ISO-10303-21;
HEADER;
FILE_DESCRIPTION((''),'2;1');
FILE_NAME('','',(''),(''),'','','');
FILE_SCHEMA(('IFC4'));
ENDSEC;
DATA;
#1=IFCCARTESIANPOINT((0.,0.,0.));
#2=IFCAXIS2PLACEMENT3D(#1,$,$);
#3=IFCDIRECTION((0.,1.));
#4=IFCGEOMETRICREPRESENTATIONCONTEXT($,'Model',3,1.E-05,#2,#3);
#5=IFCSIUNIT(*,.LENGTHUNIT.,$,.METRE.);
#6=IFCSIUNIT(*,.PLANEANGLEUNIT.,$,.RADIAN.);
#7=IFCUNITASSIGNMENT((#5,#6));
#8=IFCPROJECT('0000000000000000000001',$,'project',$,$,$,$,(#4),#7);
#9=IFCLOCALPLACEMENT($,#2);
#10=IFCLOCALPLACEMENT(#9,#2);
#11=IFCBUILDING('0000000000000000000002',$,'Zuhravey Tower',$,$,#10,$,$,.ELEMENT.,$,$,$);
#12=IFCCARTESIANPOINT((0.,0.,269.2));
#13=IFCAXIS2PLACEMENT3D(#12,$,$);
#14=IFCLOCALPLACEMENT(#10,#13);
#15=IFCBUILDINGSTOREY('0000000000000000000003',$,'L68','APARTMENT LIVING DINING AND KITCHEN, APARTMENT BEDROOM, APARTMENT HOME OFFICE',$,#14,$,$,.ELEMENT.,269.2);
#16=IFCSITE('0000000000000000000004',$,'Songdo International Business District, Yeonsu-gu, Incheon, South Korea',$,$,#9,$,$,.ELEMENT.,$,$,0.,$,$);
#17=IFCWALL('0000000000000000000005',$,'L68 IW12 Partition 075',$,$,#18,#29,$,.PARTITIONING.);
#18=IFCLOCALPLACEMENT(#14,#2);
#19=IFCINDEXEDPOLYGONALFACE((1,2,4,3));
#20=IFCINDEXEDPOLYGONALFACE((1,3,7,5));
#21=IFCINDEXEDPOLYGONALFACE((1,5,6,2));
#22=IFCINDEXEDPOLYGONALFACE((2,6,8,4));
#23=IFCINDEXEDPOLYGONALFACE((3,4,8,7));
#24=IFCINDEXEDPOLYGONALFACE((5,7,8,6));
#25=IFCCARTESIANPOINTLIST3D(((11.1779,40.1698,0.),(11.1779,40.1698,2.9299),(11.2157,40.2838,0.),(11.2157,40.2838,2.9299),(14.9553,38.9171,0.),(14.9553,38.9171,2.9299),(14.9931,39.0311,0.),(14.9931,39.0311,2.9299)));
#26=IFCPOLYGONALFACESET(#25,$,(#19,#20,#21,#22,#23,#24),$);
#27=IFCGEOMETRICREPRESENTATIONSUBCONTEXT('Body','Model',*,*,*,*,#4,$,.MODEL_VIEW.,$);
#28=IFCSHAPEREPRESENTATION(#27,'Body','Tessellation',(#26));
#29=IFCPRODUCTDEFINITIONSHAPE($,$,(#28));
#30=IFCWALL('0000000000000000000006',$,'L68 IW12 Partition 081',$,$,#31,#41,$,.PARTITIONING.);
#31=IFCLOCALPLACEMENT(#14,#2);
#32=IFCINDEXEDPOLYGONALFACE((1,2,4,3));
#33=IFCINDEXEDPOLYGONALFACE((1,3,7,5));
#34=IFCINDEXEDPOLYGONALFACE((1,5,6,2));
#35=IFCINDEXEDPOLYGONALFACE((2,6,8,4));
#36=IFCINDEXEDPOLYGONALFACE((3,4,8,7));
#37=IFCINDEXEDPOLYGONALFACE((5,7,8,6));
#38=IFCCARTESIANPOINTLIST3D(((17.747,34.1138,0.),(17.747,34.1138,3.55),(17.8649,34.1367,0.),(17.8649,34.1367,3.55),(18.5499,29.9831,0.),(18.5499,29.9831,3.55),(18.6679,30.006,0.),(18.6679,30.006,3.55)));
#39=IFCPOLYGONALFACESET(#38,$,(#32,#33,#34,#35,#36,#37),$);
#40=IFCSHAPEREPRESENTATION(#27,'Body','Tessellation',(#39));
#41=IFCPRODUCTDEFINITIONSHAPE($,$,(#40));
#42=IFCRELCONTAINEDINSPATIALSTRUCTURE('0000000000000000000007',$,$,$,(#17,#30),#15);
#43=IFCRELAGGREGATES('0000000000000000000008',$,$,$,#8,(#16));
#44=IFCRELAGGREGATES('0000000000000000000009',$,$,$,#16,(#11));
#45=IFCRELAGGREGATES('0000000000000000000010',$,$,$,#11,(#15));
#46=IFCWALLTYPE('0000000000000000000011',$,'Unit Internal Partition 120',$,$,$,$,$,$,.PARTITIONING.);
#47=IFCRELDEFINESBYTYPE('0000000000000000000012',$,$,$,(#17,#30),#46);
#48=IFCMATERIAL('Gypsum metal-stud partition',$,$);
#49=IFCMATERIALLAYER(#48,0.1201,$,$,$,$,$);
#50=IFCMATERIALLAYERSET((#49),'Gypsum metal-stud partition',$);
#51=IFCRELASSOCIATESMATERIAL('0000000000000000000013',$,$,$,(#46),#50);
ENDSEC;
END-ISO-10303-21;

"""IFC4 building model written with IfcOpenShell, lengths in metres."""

from ifc_helpers import new_model, si_unit, direction, frame, frame_2d, origin, place, context, subcontext, project, spatial, rectangle, extrude, material, layer, layer_set, type_object, element, save


model = new_model("IFC4")

# Units and contexts
model_context = context("Model", 3, precision=1e-05, world=origin(), true_north=direction((0.0, 1.0)))
body_context = subcontext(model_context, "Body", "Model", "MODEL_VIEW")
ifc_project = project(units=[si_unit("LENGTHUNIT", "METRE"), si_unit("PLANEANGLEUNIT", "RADIAN")], contexts=[model_context])

# Site, building, storey
site_placement = place(None, origin())
site = spatial("IfcSite", under=ifc_project, at=site_placement, Name="Songdo International Business District, Yeonsu-gu, Incheon, South Korea", CompositionType="ELEMENT", RefElevation=0.0)
building_placement = place(site_placement, origin())
building = spatial("IfcBuilding", under=site, at=building_placement, Name="Zuhravey Tower", CompositionType="ELEMENT")
storey_placement = place(building_placement, frame((0.0, 0.0, 269.2)))
storey = spatial("IfcBuildingStorey", under=building, at=storey_placement, Name="L68", Description="APARTMENT LIVING DINING AND KITCHEN, APARTMENT BEDROOM, APARTMENT HOME OFFICE", CompositionType="ELEMENT", Elevation=269.2)

# Shared definitions
ifc_material_1 = material(Name="Gypsum metal-stud partition")
ifc_layer_1 = layer(ifc_material_1, 0.1201)
ifc_layer_set_1 = layer_set([ifc_layer_1], Name="Gypsum metal-stud partition")
wall_type_1 = type_object("IfcWallType", Name="Unit Internal Partition 120", PredefinedType="PARTITIONING", material=ifc_layer_set_1)

# Walls
wall_1_placement = place(storey_placement, frame((14.9741, 38.9741, 0.0), z_axis=(0.0, 0.0, 1.0), x_axis=(-0.949167, 0.314773, 0.0)))
element("IfcWall", 1, at=wall_1_placement, inside=storey, type_object=wall_type_1, Name="L68 IW12 Partition 075", PredefinedType="PARTITIONING", context=body_context, shape_type="SweptSolid", body=[
    extrude(rectangle(XDim=3.9797, YDim=0.1201, at=frame_2d((1.9897, 0.0))), origin(), (0.0, 0.0, 1.0), 2.9299),
])
wall_2_placement = place(storey_placement, frame((17.8059, 34.1252, 0.0), z_axis=(0.0, 0.0, 1.0), x_axis=(0.190825, -0.981624, 0.0)))
element("IfcWall", 2, at=wall_2_placement, inside=storey, type_object=wall_type_1, Name="L68 IW12 Partition 081", PredefinedType="PARTITIONING", context=body_context, shape_type="SweptSolid", body=[
    extrude(rectangle(XDim=4.208, YDim=0.1201, at=frame_2d((2.104, 0.0))), origin(), (0.0, 0.0, 1.0), 3.55),
])

save(model, "model.ifc")
